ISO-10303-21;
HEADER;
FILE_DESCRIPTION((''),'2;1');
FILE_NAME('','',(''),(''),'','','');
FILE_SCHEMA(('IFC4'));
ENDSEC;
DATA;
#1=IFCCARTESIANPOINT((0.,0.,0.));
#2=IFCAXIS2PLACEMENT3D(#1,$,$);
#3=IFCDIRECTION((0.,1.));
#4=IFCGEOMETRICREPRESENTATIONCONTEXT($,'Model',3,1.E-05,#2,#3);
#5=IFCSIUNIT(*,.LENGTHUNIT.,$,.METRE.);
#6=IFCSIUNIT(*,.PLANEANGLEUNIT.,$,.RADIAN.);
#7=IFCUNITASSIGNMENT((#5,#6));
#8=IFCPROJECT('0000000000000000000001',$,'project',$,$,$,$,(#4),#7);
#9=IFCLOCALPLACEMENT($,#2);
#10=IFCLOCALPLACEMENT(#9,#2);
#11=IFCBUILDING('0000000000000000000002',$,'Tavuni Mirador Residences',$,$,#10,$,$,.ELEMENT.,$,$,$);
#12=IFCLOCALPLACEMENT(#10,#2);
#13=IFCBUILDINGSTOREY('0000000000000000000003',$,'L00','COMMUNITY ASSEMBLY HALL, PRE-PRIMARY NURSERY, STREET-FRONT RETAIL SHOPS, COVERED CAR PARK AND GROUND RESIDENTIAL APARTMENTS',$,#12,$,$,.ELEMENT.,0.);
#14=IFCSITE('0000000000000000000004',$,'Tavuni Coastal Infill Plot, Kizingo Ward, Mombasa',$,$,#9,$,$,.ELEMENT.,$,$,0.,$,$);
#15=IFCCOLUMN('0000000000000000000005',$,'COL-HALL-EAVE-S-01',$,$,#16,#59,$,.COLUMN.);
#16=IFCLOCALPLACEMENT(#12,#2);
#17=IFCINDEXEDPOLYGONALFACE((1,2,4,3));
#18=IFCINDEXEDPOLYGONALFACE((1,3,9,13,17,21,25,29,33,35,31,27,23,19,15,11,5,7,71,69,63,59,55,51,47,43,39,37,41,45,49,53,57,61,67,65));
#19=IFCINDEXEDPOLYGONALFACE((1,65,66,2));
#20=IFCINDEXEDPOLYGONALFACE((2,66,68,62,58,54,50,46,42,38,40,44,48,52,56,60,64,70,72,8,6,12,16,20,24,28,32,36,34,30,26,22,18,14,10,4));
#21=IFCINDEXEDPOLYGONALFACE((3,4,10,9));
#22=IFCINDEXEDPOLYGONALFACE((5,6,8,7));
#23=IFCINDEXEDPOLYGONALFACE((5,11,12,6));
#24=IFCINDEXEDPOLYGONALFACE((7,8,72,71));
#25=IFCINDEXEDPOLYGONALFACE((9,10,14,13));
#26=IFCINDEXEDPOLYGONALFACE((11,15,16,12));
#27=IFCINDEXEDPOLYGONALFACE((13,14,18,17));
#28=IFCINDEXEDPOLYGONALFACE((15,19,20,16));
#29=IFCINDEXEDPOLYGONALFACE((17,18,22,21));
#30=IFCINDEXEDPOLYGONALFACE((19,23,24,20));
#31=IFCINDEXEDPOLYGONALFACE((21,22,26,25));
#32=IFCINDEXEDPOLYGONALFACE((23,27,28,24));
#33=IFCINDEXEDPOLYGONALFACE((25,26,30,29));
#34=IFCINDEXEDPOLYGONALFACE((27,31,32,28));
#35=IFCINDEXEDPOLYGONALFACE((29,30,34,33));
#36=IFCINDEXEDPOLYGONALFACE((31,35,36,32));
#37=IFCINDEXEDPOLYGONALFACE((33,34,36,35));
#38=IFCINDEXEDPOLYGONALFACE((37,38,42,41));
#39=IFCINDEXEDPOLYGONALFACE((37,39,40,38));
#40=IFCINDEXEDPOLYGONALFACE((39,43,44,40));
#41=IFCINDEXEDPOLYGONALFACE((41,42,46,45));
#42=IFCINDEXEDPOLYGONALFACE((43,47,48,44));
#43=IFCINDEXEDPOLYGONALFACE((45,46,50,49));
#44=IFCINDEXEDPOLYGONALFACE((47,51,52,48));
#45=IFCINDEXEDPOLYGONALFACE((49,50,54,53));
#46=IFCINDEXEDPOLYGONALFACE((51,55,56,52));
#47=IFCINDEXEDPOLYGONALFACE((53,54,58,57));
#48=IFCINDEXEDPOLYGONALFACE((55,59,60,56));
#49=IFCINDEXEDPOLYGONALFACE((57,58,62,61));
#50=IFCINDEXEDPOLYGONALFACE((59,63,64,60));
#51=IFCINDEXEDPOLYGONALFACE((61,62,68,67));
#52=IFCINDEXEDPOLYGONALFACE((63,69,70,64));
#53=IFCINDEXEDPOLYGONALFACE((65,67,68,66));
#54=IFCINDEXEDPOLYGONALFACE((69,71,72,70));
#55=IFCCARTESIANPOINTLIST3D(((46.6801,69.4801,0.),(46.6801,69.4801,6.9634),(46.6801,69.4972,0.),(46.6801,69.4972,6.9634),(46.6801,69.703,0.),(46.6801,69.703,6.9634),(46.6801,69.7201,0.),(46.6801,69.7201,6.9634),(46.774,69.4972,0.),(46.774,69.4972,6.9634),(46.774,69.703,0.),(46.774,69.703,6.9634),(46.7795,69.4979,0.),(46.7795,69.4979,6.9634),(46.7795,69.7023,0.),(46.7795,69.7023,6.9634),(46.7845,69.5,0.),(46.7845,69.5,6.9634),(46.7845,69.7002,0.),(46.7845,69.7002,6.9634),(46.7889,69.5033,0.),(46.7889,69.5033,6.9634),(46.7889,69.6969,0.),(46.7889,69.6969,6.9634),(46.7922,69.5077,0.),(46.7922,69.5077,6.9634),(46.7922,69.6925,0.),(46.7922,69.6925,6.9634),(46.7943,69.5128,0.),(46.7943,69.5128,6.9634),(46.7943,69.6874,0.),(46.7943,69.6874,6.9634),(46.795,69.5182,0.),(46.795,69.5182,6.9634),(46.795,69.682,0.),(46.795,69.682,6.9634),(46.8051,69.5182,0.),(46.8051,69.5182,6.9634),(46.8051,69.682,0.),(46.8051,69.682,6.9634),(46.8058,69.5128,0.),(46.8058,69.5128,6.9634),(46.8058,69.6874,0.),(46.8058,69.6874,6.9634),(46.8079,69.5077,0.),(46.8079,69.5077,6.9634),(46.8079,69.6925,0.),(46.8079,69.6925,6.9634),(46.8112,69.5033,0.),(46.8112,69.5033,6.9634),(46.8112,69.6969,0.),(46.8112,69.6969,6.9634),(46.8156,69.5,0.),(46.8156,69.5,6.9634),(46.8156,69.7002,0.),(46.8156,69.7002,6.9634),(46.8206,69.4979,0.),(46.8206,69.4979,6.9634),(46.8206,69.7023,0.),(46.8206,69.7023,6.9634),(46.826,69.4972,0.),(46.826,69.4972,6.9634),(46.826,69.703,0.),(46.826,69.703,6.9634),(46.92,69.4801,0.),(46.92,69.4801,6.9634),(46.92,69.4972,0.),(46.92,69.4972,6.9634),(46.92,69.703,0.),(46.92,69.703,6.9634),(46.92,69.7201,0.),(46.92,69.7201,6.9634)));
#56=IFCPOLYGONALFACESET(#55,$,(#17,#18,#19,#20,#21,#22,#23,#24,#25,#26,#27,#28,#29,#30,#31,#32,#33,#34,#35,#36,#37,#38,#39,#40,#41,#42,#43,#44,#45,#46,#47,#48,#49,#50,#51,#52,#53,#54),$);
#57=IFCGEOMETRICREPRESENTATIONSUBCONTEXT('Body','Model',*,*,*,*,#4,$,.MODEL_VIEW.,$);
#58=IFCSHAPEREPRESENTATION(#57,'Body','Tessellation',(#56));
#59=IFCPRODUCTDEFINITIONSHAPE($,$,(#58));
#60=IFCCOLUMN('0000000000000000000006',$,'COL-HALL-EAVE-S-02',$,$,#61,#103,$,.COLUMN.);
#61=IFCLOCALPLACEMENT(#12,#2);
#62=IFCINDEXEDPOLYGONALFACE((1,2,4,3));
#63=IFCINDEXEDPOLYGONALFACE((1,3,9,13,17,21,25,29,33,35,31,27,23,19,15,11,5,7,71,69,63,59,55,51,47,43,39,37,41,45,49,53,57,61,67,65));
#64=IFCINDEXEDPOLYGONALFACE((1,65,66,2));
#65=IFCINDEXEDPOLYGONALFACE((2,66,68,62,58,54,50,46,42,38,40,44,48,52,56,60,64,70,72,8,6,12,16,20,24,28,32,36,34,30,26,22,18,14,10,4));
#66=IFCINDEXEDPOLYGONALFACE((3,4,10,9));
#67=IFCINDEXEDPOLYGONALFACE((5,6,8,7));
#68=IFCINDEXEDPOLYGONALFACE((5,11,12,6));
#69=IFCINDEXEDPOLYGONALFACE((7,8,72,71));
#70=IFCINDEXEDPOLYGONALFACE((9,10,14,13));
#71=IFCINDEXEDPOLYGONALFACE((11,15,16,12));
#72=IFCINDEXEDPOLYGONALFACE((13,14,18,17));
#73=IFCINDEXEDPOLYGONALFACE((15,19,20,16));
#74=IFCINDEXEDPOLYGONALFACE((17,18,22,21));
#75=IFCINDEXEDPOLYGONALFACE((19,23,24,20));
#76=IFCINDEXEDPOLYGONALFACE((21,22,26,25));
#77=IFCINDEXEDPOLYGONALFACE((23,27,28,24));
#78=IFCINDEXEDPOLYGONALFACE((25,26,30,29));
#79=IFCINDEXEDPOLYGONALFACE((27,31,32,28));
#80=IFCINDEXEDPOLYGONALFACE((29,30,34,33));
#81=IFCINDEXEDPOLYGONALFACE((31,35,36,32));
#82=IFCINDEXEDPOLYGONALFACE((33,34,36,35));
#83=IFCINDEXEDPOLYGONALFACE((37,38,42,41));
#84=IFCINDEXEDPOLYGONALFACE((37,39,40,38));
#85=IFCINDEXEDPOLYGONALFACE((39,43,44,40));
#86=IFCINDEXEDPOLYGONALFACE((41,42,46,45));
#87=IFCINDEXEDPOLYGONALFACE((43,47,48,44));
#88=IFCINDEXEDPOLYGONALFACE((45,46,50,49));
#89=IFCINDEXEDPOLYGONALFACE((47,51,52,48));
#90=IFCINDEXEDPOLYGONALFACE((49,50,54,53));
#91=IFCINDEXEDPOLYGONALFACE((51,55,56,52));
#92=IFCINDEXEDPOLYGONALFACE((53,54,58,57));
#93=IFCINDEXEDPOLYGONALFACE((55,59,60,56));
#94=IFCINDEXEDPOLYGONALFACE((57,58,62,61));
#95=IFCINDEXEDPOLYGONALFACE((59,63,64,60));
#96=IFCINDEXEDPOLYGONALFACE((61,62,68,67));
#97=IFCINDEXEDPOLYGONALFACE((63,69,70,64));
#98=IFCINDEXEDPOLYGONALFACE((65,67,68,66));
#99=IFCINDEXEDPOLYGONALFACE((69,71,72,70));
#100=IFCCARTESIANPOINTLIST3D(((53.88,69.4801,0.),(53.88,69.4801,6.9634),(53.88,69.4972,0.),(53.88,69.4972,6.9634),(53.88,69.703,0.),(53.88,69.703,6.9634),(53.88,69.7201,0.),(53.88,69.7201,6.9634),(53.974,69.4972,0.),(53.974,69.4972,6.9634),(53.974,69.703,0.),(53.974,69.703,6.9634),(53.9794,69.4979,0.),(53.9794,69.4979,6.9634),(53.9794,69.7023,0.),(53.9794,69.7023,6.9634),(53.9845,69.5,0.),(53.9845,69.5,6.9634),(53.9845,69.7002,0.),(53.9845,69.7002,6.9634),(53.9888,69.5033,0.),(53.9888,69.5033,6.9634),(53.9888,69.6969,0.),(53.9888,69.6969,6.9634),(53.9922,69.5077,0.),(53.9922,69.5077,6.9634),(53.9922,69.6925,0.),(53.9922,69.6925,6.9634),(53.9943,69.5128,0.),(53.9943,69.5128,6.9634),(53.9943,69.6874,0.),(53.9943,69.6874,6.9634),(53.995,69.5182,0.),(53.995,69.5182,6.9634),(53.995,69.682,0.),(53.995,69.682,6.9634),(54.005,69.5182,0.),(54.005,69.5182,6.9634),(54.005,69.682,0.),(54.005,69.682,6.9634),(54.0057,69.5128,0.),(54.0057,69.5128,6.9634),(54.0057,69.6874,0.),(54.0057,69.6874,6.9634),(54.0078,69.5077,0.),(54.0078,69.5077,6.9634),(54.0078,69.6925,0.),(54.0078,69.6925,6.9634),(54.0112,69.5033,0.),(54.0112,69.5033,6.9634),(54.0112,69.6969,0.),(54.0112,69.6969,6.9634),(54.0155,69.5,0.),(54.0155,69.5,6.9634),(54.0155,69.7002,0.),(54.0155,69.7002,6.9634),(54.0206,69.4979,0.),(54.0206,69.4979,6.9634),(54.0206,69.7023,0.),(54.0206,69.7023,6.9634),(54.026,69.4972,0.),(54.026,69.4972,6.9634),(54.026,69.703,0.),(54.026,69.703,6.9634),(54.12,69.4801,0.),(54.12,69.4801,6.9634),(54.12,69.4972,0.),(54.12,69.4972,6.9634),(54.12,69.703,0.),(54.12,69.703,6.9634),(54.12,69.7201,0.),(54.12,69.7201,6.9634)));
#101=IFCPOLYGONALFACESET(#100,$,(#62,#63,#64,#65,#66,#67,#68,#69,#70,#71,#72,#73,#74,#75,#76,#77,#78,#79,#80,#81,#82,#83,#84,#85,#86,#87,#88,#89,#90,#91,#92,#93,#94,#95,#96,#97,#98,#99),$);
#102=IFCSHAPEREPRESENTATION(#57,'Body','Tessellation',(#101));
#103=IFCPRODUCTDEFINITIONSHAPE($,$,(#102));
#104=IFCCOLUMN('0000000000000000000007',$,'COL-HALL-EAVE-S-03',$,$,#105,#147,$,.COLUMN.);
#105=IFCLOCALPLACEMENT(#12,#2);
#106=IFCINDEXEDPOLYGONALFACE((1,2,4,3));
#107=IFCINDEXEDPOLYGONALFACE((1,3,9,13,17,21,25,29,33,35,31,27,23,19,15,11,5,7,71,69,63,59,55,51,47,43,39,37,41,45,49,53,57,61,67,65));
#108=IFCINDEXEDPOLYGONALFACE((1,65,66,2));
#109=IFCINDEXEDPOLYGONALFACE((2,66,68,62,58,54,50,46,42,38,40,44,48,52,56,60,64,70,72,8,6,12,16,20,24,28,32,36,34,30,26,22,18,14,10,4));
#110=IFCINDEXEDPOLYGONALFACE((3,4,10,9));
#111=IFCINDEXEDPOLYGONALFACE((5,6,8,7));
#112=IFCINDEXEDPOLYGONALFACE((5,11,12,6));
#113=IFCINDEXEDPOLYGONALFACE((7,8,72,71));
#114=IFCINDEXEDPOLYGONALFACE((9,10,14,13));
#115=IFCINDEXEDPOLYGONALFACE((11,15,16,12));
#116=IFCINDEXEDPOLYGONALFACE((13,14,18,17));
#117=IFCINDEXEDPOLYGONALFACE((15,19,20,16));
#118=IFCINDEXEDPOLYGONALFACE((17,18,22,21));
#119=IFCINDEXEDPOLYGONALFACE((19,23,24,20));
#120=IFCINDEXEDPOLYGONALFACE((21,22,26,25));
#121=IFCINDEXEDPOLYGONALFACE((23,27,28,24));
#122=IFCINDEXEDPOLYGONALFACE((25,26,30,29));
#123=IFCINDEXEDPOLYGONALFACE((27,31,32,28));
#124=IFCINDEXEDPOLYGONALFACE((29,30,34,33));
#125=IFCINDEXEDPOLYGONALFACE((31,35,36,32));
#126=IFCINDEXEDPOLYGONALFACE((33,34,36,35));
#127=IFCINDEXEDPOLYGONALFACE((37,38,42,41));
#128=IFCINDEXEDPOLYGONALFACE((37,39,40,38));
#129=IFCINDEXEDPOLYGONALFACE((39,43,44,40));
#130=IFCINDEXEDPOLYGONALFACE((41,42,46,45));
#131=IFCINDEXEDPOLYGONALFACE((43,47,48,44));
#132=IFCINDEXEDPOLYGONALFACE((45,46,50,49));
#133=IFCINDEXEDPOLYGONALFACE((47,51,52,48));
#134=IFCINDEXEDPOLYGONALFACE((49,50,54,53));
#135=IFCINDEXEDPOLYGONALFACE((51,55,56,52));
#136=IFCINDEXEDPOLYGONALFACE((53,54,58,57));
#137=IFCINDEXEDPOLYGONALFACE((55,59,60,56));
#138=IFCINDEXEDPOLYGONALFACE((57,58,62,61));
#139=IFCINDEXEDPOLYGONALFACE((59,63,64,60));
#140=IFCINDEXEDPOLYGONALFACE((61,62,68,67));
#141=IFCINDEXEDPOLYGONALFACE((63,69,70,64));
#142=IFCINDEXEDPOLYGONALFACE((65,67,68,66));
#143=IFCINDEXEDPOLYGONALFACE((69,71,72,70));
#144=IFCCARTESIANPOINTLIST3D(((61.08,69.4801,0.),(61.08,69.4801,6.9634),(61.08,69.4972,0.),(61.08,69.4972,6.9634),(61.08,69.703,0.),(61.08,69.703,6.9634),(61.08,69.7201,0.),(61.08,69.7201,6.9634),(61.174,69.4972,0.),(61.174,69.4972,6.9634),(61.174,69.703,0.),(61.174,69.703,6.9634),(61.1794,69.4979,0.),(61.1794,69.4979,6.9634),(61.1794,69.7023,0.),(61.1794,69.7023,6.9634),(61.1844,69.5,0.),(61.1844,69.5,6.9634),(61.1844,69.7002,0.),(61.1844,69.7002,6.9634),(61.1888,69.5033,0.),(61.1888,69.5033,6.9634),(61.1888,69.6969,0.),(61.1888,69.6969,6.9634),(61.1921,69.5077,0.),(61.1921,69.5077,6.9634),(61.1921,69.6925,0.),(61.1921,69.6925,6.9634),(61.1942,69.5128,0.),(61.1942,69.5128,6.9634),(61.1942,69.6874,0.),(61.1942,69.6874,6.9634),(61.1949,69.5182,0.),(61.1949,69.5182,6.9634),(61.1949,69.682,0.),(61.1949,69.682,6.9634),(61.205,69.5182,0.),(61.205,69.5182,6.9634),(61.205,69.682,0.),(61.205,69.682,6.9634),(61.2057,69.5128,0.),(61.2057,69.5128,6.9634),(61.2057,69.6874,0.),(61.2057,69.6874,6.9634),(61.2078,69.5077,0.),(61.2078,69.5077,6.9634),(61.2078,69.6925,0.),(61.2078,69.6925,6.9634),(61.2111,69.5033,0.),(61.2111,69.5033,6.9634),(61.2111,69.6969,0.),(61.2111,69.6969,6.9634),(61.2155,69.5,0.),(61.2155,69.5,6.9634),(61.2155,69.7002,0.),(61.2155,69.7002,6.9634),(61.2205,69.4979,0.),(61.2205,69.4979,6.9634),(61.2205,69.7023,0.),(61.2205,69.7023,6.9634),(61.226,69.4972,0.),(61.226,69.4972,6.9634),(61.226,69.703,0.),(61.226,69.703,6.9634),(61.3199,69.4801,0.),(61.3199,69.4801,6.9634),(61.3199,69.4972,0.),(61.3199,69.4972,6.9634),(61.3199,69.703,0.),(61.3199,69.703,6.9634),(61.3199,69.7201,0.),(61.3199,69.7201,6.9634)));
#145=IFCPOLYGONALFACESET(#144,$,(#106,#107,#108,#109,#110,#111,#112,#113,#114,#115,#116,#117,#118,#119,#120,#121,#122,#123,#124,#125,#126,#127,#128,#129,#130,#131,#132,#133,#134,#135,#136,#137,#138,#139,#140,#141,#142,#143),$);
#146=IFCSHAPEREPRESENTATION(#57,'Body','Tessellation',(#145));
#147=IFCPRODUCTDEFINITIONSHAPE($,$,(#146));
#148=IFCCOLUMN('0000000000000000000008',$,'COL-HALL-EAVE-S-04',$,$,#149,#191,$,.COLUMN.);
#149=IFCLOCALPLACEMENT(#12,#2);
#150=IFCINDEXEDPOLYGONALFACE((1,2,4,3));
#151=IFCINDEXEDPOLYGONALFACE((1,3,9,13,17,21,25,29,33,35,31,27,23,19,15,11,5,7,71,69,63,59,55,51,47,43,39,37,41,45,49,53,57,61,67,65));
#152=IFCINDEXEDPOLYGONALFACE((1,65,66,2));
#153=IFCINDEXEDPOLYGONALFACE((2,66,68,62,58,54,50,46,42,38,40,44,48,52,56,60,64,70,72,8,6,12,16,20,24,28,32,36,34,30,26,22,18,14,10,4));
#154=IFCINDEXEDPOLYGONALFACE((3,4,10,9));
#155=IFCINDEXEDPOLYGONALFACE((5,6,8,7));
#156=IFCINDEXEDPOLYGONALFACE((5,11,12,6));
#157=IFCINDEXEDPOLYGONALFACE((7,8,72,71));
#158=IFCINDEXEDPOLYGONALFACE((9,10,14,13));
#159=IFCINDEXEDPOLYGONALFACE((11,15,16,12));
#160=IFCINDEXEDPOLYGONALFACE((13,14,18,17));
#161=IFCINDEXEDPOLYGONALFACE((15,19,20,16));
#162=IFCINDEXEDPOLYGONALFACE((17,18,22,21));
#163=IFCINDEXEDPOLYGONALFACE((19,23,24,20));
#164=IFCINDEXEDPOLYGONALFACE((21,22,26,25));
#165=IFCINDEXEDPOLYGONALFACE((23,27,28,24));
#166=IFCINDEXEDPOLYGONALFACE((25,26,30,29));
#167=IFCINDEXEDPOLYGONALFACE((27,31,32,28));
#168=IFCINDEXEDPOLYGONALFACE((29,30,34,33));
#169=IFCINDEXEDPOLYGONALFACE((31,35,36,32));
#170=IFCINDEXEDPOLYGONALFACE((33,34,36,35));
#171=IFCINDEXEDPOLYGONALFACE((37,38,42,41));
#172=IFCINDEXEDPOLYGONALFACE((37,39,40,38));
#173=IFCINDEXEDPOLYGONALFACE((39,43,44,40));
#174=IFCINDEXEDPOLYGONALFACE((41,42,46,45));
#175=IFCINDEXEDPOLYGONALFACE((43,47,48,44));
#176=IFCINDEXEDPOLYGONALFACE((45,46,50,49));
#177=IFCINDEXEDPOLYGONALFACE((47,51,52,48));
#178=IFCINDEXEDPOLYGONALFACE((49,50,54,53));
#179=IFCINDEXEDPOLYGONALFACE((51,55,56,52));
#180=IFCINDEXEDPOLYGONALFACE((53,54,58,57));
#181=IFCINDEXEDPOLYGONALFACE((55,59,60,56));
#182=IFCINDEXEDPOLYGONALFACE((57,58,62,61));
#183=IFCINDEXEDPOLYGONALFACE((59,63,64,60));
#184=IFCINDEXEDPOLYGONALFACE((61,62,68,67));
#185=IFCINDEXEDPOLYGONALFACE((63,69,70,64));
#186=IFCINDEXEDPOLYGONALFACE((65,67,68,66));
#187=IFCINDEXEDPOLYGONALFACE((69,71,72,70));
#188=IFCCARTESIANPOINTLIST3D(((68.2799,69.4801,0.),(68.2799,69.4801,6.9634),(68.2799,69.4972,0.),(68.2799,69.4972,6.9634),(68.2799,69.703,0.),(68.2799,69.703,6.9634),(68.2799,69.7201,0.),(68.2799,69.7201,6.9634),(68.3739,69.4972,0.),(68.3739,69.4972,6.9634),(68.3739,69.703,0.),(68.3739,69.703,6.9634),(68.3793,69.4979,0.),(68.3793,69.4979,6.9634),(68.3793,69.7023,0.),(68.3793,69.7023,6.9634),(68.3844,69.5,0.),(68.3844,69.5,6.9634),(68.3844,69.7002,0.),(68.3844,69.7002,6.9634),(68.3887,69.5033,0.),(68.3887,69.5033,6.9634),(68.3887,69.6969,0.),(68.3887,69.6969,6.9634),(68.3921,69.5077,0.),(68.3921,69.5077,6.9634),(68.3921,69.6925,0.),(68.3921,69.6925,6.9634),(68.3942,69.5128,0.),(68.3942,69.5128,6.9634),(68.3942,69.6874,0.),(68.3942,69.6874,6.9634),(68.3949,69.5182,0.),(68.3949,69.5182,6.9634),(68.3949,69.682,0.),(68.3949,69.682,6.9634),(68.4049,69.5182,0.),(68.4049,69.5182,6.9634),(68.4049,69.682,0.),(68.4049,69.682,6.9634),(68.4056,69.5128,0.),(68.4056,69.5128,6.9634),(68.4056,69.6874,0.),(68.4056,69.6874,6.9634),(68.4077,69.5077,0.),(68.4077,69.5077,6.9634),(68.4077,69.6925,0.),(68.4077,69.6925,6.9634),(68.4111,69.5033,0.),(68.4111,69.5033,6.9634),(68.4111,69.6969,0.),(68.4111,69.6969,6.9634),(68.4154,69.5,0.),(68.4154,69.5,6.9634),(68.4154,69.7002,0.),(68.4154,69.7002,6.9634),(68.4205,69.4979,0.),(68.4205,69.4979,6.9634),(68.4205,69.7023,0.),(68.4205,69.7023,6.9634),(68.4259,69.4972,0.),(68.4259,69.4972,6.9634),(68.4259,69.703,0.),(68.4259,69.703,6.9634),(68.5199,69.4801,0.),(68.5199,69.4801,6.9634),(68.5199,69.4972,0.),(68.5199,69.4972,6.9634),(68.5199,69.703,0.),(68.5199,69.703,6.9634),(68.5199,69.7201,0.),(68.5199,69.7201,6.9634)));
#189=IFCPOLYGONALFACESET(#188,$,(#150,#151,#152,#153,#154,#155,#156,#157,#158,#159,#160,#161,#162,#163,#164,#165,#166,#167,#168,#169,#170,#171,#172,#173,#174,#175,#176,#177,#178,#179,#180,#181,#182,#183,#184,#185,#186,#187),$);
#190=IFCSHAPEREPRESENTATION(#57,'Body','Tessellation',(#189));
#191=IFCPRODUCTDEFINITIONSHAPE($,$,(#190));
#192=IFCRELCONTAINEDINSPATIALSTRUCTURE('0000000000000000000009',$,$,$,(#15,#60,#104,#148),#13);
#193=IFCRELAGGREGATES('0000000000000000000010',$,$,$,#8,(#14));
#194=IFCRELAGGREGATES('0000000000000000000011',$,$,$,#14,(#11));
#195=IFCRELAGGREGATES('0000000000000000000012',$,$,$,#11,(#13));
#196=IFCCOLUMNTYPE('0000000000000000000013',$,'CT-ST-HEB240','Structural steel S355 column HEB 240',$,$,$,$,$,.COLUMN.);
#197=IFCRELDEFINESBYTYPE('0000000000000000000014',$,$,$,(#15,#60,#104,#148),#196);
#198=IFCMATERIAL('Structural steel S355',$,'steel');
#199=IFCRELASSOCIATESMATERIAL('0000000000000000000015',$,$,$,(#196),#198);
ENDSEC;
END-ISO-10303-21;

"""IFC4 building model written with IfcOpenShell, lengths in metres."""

from ifc_helpers import new_model, si_unit, direction, frame, origin, origin_2d, place, context, subcontext, project, spatial, i_section, extrude, material, material_profile, profile_set, type_object, element, save


model = new_model("IFC4")

# Units and contexts
model_context = context("Model", 3, precision=1e-05, world=origin(), true_north=direction((0.0, 1.0)))
body_context = subcontext(model_context, "Body", "Model", "MODEL_VIEW")
ifc_project = project(units=[si_unit("LENGTHUNIT", "METRE"), si_unit("PLANEANGLEUNIT", "RADIAN")], contexts=[model_context])

# Site, building, storey
site_placement = place(None, origin())
site = spatial("IfcSite", under=ifc_project, at=site_placement, Name="Tavuni Coastal Infill Plot, Kizingo Ward, Mombasa", CompositionType="ELEMENT", RefElevation=0.0)
building_placement = place(site_placement, origin())
building = spatial("IfcBuilding", under=site, at=building_placement, Name="Tavuni Mirador Residences", CompositionType="ELEMENT")
storey_placement = place(building_placement, origin())
storey = spatial("IfcBuildingStorey", under=building, at=storey_placement, Name="L00", Description="COMMUNITY ASSEMBLY HALL, PRE-PRIMARY NURSERY, STREET-FRONT RETAIL SHOPS, COVERED CAR PARK AND GROUND RESIDENTIAL APARTMENTS", CompositionType="ELEMENT", Elevation=0.0)

# Columns
ifc_material = material(Name="Structural steel S355", Category="steel")
ifc_material_profile_1 = material_profile(ifc_material, i_section(OverallWidth=0.24, OverallDepth=0.24, WebThickness=0.01, FlangeThickness=0.0171, FilletRadius=0.021, at=origin_2d()), Name="HEB 240", Category="steel")
ifc_profile_set_1 = profile_set([ifc_material_profile_1], Name="Structural steel S355")
column_type = type_object("IfcColumnType", Name="CT-ST-HEB240", Description="Structural steel S355 column HEB 240", PredefinedType="COLUMN", material=ifc_profile_set_1)
for number, where, z_axis, x_axis, name in (
    (1, (46.8, 69.6001, 0.0), (0.0, 0.0, 1.0), (1.0, 0.0, 0.0), "COL-HALL-EAVE-S-01"),
    (2, (54.0, 69.6001, 0.0), (0.0, 0.0, 1.0), (1.0, 0.0, 0.0), "COL-HALL-EAVE-S-02"),
    (3, (61.2, 69.6001, 0.0), (0.0, 0.0, 1.0), (1.0, 0.0, 0.0), "COL-HALL-EAVE-S-03"),
    (4, (68.3999, 69.6001, 0.0), (0.0, 0.0, 1.0), (1.0, 0.0, 0.0), "COL-HALL-EAVE-S-04"),
):
    element("IfcColumn", number, at=place(storey_placement, frame(where, z_axis=z_axis, x_axis=x_axis)), inside=storey, type_object=column_type, Name=name, PredefinedType="COLUMN", context=body_context, shape_type="SweptSolid", body=[
        extrude(i_section(OverallWidth=0.24, OverallDepth=0.24, WebThickness=0.01, FlangeThickness=0.0171, FilletRadius=0.021, at=origin_2d()), origin(), (0.0, 0.0, 1.0), 6.9634),
    ])

save(model, "model.ifc")
